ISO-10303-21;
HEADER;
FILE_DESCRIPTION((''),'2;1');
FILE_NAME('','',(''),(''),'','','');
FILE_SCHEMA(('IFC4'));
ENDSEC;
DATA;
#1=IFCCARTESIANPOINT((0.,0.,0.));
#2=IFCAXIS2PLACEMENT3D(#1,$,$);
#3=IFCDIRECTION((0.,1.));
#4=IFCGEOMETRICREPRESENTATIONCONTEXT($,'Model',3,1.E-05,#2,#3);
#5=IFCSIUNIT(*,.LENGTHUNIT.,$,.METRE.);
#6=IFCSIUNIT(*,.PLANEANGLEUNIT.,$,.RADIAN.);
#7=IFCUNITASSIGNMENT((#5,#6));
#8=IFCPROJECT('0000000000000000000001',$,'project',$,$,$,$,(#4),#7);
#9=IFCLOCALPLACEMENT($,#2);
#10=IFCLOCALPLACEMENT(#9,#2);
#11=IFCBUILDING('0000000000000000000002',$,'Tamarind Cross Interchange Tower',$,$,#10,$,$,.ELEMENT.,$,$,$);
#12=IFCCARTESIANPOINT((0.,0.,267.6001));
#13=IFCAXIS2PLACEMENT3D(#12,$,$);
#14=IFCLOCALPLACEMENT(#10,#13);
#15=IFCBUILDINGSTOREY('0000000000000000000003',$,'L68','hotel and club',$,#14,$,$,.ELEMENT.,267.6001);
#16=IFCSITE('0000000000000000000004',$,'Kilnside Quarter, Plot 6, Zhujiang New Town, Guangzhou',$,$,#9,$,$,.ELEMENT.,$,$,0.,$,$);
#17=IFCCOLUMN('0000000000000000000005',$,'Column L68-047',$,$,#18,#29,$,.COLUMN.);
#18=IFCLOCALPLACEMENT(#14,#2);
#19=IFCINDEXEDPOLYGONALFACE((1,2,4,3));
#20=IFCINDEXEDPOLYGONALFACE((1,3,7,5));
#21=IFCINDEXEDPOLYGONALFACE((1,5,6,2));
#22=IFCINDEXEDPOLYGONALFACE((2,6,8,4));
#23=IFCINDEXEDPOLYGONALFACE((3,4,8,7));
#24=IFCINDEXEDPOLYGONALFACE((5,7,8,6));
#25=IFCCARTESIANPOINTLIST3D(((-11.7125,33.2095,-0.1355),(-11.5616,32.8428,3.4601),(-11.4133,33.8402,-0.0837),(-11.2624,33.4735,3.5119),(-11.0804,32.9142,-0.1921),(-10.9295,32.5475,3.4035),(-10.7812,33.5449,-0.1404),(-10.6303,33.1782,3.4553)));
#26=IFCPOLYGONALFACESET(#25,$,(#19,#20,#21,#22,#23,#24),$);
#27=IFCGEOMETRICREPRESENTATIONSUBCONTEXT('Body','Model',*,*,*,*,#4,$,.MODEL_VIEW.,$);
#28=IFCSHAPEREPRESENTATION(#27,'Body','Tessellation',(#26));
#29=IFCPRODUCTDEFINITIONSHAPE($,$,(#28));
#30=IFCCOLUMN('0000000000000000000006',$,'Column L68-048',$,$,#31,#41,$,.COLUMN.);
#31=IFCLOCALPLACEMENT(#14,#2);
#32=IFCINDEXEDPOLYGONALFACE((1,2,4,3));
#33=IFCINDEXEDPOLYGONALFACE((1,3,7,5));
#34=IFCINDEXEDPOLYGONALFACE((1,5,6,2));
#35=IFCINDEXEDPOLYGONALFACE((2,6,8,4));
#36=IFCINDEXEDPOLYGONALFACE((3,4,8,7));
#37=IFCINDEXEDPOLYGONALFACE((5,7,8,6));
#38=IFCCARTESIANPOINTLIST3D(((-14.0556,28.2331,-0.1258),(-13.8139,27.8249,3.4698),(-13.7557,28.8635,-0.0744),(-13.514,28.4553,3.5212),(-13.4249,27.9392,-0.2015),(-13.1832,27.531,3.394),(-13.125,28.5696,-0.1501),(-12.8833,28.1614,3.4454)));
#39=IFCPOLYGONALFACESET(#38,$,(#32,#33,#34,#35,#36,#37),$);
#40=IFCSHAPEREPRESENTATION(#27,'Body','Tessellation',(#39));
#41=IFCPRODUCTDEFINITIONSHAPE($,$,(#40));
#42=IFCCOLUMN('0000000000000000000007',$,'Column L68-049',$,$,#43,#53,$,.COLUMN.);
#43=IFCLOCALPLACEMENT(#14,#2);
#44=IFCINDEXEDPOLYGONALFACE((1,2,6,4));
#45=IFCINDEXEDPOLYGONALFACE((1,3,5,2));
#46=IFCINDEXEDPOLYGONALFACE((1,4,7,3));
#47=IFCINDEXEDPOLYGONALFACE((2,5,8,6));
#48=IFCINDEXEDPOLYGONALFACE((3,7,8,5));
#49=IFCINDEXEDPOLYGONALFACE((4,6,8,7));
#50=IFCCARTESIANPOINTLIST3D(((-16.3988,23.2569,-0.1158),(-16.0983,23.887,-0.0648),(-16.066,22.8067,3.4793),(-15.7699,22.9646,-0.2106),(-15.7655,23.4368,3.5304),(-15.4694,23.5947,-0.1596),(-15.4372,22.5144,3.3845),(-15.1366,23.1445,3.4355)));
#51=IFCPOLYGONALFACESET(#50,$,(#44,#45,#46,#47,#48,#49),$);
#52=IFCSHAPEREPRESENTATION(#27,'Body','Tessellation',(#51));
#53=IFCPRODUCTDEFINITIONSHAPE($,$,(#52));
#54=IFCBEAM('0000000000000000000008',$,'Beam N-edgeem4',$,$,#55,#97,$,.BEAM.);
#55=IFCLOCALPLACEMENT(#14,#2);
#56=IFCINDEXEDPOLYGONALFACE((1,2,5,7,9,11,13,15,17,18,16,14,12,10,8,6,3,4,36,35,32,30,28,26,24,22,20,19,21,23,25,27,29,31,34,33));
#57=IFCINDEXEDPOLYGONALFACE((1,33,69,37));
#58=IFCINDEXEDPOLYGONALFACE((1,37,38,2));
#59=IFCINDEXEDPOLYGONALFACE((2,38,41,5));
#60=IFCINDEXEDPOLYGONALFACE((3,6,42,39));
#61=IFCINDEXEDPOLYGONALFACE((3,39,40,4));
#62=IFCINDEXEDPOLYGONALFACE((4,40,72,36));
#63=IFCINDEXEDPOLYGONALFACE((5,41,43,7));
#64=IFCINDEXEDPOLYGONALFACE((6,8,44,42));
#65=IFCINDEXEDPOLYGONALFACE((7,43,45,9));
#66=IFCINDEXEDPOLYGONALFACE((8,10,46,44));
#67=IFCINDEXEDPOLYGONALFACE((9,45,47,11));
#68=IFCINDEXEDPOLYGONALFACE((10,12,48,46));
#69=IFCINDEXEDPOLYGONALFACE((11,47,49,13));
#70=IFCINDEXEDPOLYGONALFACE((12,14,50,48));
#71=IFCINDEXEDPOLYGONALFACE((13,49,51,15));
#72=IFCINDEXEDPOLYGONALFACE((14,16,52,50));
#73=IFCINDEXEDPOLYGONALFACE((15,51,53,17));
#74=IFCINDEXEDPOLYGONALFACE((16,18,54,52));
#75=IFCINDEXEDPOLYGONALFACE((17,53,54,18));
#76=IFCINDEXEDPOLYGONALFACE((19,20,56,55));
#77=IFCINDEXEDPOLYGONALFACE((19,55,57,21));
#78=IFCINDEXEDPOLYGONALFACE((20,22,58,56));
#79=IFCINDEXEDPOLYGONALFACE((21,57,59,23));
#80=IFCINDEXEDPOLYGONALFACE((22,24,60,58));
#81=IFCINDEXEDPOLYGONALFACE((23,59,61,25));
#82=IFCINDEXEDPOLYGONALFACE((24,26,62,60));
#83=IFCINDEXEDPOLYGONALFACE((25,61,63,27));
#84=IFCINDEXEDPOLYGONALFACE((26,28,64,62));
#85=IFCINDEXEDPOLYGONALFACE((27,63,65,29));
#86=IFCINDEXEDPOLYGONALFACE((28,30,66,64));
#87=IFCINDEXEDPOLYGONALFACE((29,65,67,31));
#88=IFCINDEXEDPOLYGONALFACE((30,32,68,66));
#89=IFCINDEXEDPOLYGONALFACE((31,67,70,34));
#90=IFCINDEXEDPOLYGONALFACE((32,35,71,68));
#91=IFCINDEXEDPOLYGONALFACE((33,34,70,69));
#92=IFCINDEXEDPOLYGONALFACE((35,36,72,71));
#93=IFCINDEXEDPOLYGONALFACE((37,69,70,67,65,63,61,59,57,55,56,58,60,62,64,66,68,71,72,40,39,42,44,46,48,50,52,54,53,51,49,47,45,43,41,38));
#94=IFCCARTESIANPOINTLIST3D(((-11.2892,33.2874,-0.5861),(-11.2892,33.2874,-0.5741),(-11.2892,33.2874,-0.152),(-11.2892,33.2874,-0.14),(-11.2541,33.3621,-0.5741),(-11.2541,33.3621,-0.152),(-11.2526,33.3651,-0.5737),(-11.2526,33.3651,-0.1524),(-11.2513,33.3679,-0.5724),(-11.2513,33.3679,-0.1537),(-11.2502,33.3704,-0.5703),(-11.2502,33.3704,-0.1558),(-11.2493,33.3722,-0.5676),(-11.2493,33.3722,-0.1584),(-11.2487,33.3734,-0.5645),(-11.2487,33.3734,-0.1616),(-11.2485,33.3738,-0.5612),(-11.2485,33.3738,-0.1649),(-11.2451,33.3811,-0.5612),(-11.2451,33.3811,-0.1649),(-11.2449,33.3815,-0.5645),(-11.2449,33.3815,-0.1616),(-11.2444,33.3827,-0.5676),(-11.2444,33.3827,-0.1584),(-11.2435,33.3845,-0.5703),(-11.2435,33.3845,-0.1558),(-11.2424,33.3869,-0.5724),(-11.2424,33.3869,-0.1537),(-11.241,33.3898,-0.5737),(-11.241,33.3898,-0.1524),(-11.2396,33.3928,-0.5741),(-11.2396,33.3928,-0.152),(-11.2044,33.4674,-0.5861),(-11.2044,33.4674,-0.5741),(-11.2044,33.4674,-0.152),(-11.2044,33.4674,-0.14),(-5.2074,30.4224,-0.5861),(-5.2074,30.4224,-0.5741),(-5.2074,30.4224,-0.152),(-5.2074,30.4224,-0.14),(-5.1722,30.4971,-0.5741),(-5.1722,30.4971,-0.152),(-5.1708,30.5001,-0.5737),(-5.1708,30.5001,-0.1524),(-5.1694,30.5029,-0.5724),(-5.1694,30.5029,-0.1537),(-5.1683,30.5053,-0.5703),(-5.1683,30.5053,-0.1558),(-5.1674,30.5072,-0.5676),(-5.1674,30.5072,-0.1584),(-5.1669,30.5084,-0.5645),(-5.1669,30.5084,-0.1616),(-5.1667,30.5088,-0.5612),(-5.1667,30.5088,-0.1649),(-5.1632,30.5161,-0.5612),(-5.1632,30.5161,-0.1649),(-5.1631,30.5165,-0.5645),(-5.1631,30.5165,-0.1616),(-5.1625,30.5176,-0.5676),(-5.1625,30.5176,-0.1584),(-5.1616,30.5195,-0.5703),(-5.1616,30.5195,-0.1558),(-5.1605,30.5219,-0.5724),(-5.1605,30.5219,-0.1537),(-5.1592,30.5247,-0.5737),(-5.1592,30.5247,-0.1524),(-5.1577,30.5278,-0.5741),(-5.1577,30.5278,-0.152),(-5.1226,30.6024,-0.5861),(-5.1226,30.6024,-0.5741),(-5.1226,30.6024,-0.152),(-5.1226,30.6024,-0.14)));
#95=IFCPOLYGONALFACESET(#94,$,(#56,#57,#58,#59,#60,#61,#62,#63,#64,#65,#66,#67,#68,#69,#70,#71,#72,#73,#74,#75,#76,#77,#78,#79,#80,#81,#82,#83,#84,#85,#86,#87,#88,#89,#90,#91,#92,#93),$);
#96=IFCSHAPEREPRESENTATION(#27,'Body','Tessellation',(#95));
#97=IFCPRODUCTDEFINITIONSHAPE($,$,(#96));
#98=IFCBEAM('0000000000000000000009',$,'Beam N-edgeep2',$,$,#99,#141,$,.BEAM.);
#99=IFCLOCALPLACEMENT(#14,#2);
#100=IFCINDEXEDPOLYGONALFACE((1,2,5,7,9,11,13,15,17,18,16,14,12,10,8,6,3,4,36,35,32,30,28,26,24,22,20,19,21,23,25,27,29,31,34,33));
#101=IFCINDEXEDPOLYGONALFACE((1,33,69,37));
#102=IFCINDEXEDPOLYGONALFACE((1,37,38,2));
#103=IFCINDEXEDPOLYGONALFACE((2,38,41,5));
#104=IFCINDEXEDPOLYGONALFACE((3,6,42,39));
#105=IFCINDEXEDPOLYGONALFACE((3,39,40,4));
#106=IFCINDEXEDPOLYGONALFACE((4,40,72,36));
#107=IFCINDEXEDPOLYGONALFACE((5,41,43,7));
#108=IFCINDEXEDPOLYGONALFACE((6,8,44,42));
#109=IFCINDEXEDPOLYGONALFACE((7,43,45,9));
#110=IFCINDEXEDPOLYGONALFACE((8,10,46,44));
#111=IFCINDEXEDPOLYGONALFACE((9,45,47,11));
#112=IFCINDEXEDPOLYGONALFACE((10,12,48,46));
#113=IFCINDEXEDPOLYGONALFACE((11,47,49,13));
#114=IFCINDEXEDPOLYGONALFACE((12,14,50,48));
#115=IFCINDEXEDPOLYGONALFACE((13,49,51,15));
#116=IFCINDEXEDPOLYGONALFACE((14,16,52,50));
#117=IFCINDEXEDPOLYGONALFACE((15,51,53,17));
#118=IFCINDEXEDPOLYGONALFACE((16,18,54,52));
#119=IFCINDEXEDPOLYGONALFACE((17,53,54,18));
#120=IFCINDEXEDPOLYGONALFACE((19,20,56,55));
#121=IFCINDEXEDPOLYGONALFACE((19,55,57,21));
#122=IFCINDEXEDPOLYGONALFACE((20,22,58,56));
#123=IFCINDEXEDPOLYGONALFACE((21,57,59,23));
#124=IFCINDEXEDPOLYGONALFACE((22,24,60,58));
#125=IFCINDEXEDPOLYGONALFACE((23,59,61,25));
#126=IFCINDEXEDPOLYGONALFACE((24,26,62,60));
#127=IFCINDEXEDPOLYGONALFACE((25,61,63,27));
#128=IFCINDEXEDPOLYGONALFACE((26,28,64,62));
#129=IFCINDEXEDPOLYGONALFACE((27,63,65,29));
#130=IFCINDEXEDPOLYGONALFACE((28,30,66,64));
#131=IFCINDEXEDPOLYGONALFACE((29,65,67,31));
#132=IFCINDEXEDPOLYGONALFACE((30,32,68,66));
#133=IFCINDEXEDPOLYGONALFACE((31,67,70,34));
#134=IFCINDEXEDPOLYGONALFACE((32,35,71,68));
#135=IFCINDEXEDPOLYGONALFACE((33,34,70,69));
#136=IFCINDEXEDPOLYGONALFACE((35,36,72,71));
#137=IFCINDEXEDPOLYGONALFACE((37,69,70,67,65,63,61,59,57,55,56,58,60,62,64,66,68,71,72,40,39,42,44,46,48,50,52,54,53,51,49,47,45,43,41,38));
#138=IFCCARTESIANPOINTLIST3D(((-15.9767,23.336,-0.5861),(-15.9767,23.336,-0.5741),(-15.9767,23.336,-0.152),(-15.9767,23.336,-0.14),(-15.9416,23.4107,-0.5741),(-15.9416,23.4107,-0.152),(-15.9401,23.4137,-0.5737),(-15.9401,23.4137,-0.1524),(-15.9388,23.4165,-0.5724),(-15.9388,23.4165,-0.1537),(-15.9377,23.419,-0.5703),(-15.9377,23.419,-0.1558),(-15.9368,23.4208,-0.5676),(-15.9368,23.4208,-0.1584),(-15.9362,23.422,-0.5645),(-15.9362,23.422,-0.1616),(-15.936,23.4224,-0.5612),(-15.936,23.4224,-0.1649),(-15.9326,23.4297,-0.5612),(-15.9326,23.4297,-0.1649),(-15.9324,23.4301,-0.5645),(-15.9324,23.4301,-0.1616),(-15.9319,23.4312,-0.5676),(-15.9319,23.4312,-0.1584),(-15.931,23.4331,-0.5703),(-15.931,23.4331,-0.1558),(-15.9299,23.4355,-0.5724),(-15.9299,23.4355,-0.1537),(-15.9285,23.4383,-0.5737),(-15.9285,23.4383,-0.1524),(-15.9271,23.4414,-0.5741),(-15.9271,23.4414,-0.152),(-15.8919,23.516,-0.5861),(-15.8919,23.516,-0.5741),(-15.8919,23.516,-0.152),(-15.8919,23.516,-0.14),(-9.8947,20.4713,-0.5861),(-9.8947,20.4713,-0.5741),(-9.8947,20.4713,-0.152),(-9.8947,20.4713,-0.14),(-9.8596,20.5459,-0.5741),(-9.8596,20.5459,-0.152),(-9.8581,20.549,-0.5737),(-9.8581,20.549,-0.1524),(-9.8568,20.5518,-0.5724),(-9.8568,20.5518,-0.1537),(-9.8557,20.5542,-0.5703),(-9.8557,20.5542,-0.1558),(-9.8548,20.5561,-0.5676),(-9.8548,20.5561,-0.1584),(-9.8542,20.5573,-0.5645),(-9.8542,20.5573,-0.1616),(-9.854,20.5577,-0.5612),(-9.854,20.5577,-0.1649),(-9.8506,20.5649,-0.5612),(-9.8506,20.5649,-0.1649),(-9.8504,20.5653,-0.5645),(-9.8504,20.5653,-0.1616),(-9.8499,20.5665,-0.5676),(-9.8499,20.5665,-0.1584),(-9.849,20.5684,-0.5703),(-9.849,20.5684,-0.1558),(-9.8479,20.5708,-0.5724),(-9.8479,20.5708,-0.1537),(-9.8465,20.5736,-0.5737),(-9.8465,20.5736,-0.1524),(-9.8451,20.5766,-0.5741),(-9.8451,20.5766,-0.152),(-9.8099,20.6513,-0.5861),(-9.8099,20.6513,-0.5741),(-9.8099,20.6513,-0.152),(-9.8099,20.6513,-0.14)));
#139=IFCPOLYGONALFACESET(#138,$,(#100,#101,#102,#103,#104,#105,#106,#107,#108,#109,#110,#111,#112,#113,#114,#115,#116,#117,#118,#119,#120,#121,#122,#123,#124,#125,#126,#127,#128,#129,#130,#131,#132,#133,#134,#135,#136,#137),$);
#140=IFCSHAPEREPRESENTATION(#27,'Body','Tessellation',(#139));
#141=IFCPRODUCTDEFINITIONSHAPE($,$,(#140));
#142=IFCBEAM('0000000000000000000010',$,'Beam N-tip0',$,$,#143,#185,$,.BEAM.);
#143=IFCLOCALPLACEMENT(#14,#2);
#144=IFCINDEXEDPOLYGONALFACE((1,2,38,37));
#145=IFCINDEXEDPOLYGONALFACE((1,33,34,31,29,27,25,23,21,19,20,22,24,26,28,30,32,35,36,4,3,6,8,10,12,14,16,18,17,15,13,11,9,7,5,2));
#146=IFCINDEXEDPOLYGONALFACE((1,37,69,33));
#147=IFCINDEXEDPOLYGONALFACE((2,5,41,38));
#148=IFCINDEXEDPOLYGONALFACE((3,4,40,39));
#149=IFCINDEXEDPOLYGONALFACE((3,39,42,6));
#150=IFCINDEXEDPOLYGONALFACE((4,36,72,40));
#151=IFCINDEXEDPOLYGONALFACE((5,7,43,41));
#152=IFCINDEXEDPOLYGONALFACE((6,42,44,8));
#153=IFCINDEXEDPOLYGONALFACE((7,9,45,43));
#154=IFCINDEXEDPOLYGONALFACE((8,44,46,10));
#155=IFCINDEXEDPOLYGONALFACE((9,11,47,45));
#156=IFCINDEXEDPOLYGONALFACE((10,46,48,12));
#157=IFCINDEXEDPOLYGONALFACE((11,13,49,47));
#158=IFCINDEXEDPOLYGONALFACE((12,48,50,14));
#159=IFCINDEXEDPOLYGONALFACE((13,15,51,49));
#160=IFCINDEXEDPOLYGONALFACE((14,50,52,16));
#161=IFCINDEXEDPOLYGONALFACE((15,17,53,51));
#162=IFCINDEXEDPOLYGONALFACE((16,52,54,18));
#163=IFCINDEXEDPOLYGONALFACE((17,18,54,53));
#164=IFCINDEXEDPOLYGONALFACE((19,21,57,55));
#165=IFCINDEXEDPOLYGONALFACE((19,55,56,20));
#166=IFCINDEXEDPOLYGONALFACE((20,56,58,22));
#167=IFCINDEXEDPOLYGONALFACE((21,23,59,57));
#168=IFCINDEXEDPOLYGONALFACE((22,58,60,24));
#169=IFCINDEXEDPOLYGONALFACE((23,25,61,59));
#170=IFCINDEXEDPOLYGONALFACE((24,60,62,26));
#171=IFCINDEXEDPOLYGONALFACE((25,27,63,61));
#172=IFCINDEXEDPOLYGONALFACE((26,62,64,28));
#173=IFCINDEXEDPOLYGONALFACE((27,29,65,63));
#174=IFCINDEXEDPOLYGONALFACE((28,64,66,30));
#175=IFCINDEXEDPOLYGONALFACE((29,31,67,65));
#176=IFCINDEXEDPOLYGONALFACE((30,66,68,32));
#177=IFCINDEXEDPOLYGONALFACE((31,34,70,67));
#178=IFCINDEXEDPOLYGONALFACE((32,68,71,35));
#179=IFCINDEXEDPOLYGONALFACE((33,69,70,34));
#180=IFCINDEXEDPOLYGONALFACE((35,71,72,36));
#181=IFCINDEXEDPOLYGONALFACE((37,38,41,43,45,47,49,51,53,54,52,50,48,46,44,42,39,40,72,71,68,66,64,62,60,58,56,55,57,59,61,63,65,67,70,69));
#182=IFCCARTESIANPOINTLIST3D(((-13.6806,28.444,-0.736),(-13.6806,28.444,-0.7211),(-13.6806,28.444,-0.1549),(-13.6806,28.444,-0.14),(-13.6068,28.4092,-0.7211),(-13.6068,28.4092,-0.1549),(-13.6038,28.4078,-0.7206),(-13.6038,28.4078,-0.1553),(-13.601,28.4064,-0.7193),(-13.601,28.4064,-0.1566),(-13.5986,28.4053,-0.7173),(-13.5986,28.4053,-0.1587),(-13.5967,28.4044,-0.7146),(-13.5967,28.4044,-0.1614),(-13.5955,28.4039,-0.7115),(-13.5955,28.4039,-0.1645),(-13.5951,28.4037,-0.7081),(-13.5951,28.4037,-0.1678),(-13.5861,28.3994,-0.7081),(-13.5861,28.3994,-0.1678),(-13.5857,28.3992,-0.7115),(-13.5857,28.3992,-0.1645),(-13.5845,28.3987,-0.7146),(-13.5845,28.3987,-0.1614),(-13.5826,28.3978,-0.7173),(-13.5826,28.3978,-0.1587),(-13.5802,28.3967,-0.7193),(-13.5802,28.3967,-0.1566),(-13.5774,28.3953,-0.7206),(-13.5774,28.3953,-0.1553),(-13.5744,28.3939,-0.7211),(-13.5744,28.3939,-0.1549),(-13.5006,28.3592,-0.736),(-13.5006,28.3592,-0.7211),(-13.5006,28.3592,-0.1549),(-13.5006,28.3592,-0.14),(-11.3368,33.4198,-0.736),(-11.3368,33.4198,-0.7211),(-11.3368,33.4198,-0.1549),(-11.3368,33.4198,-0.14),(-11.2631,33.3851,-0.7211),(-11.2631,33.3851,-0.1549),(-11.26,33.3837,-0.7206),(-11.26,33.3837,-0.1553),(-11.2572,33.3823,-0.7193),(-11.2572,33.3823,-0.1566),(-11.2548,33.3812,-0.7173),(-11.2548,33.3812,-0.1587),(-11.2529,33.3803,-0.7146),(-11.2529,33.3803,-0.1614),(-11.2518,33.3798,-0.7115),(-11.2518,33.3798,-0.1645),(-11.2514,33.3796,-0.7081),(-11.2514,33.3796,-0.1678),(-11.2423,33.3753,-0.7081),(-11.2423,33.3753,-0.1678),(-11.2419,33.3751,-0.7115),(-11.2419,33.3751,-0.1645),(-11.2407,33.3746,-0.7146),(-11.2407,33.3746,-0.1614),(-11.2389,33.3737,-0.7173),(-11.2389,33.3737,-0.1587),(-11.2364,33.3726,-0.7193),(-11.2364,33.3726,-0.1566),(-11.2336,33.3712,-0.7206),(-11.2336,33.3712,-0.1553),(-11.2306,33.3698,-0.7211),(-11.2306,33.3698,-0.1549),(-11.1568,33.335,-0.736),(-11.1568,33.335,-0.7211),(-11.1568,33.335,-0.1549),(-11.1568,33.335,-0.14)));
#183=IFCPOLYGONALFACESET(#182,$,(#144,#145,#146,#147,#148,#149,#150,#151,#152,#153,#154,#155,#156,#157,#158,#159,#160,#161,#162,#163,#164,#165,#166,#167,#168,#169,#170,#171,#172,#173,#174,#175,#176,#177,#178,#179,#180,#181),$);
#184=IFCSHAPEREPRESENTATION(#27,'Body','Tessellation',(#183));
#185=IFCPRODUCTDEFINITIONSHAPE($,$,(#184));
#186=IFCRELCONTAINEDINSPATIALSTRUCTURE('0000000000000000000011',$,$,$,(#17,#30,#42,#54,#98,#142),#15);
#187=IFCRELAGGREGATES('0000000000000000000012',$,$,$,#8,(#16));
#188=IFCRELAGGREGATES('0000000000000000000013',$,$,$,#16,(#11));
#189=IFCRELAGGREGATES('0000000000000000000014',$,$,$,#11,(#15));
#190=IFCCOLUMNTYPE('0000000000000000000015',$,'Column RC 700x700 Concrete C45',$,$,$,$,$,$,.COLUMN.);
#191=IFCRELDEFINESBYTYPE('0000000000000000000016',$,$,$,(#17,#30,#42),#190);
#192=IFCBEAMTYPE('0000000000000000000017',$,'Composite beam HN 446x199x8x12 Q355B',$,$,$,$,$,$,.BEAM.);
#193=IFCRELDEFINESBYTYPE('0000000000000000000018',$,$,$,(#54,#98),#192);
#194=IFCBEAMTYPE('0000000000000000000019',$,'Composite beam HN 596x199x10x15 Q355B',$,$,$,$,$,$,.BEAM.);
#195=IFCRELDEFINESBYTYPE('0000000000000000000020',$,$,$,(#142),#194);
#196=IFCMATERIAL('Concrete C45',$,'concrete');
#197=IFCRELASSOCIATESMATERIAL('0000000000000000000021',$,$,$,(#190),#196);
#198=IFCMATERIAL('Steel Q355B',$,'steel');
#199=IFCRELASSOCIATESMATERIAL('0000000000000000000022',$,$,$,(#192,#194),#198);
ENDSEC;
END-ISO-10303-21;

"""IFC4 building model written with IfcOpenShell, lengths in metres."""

from ifc_helpers import new_model, si_unit, direction, frame, origin, origin_2d, place, context, subcontext, project, spatial, rectangle, i_section, extrude, material, material_profile, profile_set, type_object, element, save


model = new_model("IFC4")

# Units and contexts
model_context = context("Model", 3, precision=1e-05, world=origin(), true_north=direction((0.0, 1.0)))
body_context = subcontext(model_context, "Body", "Model", "MODEL_VIEW")
ifc_project = project(units=[si_unit("LENGTHUNIT", "METRE"), si_unit("PLANEANGLEUNIT", "RADIAN")], contexts=[model_context])

# Site, building, storey
site_placement = place(None, origin())
site = spatial("IfcSite", under=ifc_project, at=site_placement, Name="Kilnside Quarter, Plot 6, Zhujiang New Town, Guangzhou", CompositionType="ELEMENT", RefElevation=0.0)
building_placement = place(site_placement, origin())
building = spatial("IfcBuilding", under=site, at=building_placement, Name="Tamarind Cross Interchange Tower", CompositionType="ELEMENT")
storey_placement = place(building_placement, frame((0.0, 0.0, 267.6001)))
storey = spatial("IfcBuildingStorey", under=building, at=storey_placement, Name="L68", Description="hotel and club", CompositionType="ELEMENT", Elevation=267.6001)

# Columns
ifc_material_1 = material(Name="Concrete C45", Category="concrete")
ifc_material_profile_1 = material_profile(ifc_material_1, rectangle(XDim=0.7, YDim=0.7, at=origin_2d()), Name="RC 700x700")
ifc_profile_set_1 = profile_set([ifc_material_profile_1], Name="Concrete C45")
column_type = type_object("IfcColumnType", Name="Column RC 700x700 Concrete C45", PredefinedType="COLUMN", material=ifc_profile_set_1)
column_1_placement = place(storey_placement, frame((-11.2468, 33.3772, -0.1379), z_axis=(0.041708, -0.101368, 0.993974), x_axis=(0.427514, 0.90098, 0.073945)))
element("IfcColumn", 1, at=column_1_placement, inside=storey, type_object=column_type, Name="Column L68-047", PredefinedType="COLUMN", context=body_context, shape_type="SweptSolid", body=[
    extrude(rectangle(XDim=0.7, YDim=0.7, at=origin_2d()), origin(), (0.0, 0.0, 1.0), 3.6174),
])
column_2_placement = place(storey_placement, frame((-13.5903, 28.4014, -0.1379), z_axis=(0.066646, -0.112557, 0.991408), x_axis=(0.428456, 0.900573, 0.073442)))
element("IfcColumn", 2, at=column_2_placement, inside=storey, type_object=column_type, Name="Column L68-048", PredefinedType="COLUMN", context=body_context, shape_type="SweptSolid", body=[
    extrude(rectangle(XDim=0.7, YDim=0.7, at=origin_2d()), origin(), (0.0, 0.0, 1.0), 3.6267),
])
column_3_placement = place(storey_placement, frame((-15.9341, 23.4258, -0.1377), z_axis=(0.091455, -0.12373, 0.988093), x_axis=(0.429391, 0.900166, 0.072976)))
element("IfcColumn", 3, at=column_3_placement, inside=storey, type_object=column_type, Name="Column L68-049", PredefinedType="COLUMN", context=body_context, shape_type="SweptSolid", body=[
    extrude(rectangle(XDim=0.7, YDim=0.7, at=origin_2d()), origin(), (0.0, 0.0, 1.0), 3.6384),
])

# Beams
ifc_material_2 = material(Name="Steel Q355B", Category="steel")
ifc_material_profile_2 = material_profile(ifc_material_2, i_section(OverallWidth=0.199, OverallDepth=0.446, WebThickness=0.0081, FlangeThickness=0.012, FilletRadius=0.0129, at=origin_2d()), Name="HN 446x199x8x12")
ifc_profile_set_2 = profile_set([ifc_material_profile_2], Name="Steel Q355B")
beam_type_1 = type_object("IfcBeamType", Name="Composite beam HN 446x199x8x12 Q355B", PredefinedType="BEAM", material=ifc_profile_set_2)
for number, where, z_axis, x_axis, name in (
    (4, (-11.2468, 33.3774, -0.363), (0.904648, -0.426159, 0.0), (0.426159, 0.904648, 0.0), "Beam N-edgeem4"),
    (5, (-15.9343, 23.426, -0.363), (0.904669, -0.426115, 0.0), (0.426115, 0.904669, 0.0), "Beam N-edgeep2"),
):
    element("IfcBeam", number, at=place(storey_placement, frame(where, z_axis=z_axis, x_axis=x_axis)), inside=storey, type_object=beam_type_1, Name=name, PredefinedType="BEAM", context=body_context, shape_type="SweptSolid", body=[
        extrude(i_section(OverallWidth=0.199, OverallDepth=0.446, WebThickness=0.0081, FlangeThickness=0.012, FilletRadius=0.0129, at=origin_2d()), origin(), (0.0, 0.0, 1.0), 6.7229),
    ])
ifc_material_profile_3 = material_profile(ifc_material_2, i_section(OverallWidth=0.199, OverallDepth=0.5959, WebThickness=0.01, FlangeThickness=0.0149, FilletRadius=0.0129, at=origin_2d()), Name="HN 596x199x10x15")
ifc_profile_set_3 = profile_set([ifc_material_profile_3], Name="Steel Q355B")
beam_type_2 = type_object("IfcBeamType", Name="Composite beam HN 596x199x10x15 Q355B", PredefinedType="BEAM", material=ifc_profile_set_3)
beam_1_placement = place(storey_placement, frame((-11.2468, 33.3774, -0.438), z_axis=(-0.426122, -0.904666, 0.0), x_axis=(0.904666, -0.426122, 0.0)))
element("IfcBeam", 6, at=beam_1_placement, inside=storey, type_object=beam_type_2, Name="Beam N-tip0", PredefinedType="BEAM", context=body_context, shape_type="SweptSolid", body=[
    extrude(i_section(OverallWidth=0.199, OverallDepth=0.5959, WebThickness=0.01, FlangeThickness=0.0149, FilletRadius=0.0129, at=origin_2d()), origin(), (0.0, 0.0, 1.0), 5.5002),
])

save(model, "model.ifc")
